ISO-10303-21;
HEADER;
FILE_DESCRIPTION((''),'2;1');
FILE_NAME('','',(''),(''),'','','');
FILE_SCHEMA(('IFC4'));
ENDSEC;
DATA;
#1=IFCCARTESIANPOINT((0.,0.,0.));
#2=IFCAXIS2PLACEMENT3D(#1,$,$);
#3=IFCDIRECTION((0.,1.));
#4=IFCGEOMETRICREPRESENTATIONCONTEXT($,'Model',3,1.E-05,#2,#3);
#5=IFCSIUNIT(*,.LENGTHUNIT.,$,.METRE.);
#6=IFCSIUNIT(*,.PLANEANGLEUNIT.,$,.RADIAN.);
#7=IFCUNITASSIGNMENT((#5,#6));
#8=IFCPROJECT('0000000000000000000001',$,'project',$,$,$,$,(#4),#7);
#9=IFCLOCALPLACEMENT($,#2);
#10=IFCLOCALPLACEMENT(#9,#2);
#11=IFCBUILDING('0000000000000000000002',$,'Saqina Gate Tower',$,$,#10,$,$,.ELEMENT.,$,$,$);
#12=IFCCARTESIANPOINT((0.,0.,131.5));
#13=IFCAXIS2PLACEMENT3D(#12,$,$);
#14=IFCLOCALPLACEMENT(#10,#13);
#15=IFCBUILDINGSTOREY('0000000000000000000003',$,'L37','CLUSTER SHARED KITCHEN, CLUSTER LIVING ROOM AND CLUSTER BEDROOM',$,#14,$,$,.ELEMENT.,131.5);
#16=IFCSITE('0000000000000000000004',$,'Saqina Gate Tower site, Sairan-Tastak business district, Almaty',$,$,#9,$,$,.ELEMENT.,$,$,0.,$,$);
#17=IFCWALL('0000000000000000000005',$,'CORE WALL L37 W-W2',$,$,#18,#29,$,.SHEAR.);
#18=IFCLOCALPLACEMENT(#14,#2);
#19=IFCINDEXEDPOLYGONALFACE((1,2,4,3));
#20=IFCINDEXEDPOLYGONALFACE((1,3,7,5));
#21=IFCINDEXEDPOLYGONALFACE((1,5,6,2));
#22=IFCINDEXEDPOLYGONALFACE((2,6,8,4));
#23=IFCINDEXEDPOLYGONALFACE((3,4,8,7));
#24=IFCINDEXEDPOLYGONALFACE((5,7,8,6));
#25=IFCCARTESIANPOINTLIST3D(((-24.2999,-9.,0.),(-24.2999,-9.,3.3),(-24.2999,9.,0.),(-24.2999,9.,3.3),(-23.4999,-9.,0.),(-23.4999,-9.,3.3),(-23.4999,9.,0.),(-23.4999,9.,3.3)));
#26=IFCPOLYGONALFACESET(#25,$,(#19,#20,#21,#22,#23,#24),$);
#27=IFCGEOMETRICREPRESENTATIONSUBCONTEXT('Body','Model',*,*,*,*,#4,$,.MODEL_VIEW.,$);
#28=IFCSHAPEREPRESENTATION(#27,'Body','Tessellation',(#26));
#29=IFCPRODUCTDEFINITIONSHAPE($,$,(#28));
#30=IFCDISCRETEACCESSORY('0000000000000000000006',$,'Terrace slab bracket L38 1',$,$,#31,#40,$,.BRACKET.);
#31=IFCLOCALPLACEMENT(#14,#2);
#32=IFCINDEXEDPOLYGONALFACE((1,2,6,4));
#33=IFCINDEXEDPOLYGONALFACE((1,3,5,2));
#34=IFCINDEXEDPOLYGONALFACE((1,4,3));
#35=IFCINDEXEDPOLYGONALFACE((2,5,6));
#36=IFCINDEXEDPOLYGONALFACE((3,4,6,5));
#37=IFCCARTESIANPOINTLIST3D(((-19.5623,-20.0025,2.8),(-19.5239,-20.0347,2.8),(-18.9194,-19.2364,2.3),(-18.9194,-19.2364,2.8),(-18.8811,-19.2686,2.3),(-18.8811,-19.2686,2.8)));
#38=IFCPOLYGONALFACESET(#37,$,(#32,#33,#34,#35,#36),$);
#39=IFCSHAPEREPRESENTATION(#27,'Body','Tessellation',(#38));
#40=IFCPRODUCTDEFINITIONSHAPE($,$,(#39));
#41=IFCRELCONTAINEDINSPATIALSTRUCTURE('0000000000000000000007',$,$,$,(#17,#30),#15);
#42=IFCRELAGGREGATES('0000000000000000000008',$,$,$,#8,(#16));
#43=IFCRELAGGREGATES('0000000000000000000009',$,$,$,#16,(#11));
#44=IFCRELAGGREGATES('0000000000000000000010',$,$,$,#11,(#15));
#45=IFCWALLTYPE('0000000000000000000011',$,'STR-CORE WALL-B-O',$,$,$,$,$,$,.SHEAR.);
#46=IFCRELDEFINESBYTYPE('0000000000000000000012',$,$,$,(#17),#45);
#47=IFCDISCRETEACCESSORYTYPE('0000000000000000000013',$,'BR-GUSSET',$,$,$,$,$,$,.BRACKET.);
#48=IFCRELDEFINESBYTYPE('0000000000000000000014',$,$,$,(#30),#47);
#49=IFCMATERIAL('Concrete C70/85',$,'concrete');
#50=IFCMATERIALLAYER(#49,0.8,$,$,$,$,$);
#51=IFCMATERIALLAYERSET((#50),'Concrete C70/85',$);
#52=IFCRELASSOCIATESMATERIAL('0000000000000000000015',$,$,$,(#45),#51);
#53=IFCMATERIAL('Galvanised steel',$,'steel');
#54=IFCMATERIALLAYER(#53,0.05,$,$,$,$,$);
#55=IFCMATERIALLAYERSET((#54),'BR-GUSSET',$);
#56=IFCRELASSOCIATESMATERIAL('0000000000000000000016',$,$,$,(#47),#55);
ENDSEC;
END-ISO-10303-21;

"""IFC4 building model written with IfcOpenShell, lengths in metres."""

from ifc_helpers import new_model, si_unit, direction, frame, frame_2d, origin, place, context, subcontext, project, spatial, polyline, rectangle, outline, extrude, material, layer, layer_set, type_object, element, save


model = new_model("IFC4")

# Units and contexts
model_context = context("Model", 3, precision=1e-05, world=origin(), true_north=direction((0.0, 1.0)))
body_context = subcontext(model_context, "Body", "Model", "MODEL_VIEW")
ifc_project = project(units=[si_unit("LENGTHUNIT", "METRE"), si_unit("PLANEANGLEUNIT", "RADIAN")], contexts=[model_context])

# Site, building, storey
site_placement = place(None, origin())
site = spatial("IfcSite", under=ifc_project, at=site_placement, Name="Saqina Gate Tower site, Sairan-Tastak business district, Almaty", CompositionType="ELEMENT", RefElevation=0.0)
building_placement = place(site_placement, origin())
building = spatial("IfcBuilding", under=site, at=building_placement, Name="Saqina Gate Tower", CompositionType="ELEMENT")
storey_placement = place(building_placement, frame((0.0, 0.0, 131.5)))
storey = spatial("IfcBuildingStorey", under=building, at=storey_placement, Name="L37", Description="CLUSTER SHARED KITCHEN, CLUSTER LIVING ROOM AND CLUSTER BEDROOM", CompositionType="ELEMENT", Elevation=131.5)

# Wall
ifc_material_1 = material(Name="Concrete C70/85", Category="concrete")
ifc_layer_1 = layer(ifc_material_1, 0.8)
ifc_layer_set_1 = layer_set([ifc_layer_1], Name="Concrete C70/85")
wall_type_1 = type_object("IfcWallType", Name="STR-CORE WALL-B-O", PredefinedType="SHEAR", material=ifc_layer_set_1)
wall_1_placement = place(storey_placement, frame((-23.8999, -9.0, 0.0), z_axis=(0.0, 0.0, 1.0), x_axis=(0.0, 1.0, 0.0)))
element("IfcWall", 1, at=wall_1_placement, inside=storey, type_object=wall_type_1, Name="CORE WALL L37 W-W2", PredefinedType="SHEAR", context=body_context, shape_type="SweptSolid", body=[
    extrude(rectangle(XDim=18.0, YDim=0.8, at=frame_2d((9.0, 0.0))), origin(), (0.0, 0.0, 1.0), 3.3),
])

# Discrete accessory
ifc_material_2 = material(Name="Galvanised steel", Category="steel")
ifc_layer_2 = layer(ifc_material_2, 0.05)
ifc_layer_set_2 = layer_set([ifc_layer_2], Name="BR-GUSSET")
discrete_accessory_type = type_object("IfcDiscreteAccessoryType", Name="BR-GUSSET", PredefinedType="BRACKET", material=ifc_layer_set_2)
discrete_accessory_placement = place(storey_placement, frame((-18.8811, -19.2686, 2.3), z_axis=(0.766056, -0.642774, 0.0), x_axis=(0.0, 0.0, 1.0)))
element("IfcDiscreteAccessory", 2, at=discrete_accessory_placement, inside=storey, type_object=discrete_accessory_type, Name="Terrace slab bracket L38 1", PredefinedType="BRACKET", context=body_context, shape_type="SweptSolid", body=[
    extrude(outline(polyline([(0.0, 0.0), (0.5, 0.0), (0.5, 1.0001), (0.0, 0.0)])), origin(), (0.0, 0.0, -1.0), 0.05),
])

save(model, "model.ifc")
